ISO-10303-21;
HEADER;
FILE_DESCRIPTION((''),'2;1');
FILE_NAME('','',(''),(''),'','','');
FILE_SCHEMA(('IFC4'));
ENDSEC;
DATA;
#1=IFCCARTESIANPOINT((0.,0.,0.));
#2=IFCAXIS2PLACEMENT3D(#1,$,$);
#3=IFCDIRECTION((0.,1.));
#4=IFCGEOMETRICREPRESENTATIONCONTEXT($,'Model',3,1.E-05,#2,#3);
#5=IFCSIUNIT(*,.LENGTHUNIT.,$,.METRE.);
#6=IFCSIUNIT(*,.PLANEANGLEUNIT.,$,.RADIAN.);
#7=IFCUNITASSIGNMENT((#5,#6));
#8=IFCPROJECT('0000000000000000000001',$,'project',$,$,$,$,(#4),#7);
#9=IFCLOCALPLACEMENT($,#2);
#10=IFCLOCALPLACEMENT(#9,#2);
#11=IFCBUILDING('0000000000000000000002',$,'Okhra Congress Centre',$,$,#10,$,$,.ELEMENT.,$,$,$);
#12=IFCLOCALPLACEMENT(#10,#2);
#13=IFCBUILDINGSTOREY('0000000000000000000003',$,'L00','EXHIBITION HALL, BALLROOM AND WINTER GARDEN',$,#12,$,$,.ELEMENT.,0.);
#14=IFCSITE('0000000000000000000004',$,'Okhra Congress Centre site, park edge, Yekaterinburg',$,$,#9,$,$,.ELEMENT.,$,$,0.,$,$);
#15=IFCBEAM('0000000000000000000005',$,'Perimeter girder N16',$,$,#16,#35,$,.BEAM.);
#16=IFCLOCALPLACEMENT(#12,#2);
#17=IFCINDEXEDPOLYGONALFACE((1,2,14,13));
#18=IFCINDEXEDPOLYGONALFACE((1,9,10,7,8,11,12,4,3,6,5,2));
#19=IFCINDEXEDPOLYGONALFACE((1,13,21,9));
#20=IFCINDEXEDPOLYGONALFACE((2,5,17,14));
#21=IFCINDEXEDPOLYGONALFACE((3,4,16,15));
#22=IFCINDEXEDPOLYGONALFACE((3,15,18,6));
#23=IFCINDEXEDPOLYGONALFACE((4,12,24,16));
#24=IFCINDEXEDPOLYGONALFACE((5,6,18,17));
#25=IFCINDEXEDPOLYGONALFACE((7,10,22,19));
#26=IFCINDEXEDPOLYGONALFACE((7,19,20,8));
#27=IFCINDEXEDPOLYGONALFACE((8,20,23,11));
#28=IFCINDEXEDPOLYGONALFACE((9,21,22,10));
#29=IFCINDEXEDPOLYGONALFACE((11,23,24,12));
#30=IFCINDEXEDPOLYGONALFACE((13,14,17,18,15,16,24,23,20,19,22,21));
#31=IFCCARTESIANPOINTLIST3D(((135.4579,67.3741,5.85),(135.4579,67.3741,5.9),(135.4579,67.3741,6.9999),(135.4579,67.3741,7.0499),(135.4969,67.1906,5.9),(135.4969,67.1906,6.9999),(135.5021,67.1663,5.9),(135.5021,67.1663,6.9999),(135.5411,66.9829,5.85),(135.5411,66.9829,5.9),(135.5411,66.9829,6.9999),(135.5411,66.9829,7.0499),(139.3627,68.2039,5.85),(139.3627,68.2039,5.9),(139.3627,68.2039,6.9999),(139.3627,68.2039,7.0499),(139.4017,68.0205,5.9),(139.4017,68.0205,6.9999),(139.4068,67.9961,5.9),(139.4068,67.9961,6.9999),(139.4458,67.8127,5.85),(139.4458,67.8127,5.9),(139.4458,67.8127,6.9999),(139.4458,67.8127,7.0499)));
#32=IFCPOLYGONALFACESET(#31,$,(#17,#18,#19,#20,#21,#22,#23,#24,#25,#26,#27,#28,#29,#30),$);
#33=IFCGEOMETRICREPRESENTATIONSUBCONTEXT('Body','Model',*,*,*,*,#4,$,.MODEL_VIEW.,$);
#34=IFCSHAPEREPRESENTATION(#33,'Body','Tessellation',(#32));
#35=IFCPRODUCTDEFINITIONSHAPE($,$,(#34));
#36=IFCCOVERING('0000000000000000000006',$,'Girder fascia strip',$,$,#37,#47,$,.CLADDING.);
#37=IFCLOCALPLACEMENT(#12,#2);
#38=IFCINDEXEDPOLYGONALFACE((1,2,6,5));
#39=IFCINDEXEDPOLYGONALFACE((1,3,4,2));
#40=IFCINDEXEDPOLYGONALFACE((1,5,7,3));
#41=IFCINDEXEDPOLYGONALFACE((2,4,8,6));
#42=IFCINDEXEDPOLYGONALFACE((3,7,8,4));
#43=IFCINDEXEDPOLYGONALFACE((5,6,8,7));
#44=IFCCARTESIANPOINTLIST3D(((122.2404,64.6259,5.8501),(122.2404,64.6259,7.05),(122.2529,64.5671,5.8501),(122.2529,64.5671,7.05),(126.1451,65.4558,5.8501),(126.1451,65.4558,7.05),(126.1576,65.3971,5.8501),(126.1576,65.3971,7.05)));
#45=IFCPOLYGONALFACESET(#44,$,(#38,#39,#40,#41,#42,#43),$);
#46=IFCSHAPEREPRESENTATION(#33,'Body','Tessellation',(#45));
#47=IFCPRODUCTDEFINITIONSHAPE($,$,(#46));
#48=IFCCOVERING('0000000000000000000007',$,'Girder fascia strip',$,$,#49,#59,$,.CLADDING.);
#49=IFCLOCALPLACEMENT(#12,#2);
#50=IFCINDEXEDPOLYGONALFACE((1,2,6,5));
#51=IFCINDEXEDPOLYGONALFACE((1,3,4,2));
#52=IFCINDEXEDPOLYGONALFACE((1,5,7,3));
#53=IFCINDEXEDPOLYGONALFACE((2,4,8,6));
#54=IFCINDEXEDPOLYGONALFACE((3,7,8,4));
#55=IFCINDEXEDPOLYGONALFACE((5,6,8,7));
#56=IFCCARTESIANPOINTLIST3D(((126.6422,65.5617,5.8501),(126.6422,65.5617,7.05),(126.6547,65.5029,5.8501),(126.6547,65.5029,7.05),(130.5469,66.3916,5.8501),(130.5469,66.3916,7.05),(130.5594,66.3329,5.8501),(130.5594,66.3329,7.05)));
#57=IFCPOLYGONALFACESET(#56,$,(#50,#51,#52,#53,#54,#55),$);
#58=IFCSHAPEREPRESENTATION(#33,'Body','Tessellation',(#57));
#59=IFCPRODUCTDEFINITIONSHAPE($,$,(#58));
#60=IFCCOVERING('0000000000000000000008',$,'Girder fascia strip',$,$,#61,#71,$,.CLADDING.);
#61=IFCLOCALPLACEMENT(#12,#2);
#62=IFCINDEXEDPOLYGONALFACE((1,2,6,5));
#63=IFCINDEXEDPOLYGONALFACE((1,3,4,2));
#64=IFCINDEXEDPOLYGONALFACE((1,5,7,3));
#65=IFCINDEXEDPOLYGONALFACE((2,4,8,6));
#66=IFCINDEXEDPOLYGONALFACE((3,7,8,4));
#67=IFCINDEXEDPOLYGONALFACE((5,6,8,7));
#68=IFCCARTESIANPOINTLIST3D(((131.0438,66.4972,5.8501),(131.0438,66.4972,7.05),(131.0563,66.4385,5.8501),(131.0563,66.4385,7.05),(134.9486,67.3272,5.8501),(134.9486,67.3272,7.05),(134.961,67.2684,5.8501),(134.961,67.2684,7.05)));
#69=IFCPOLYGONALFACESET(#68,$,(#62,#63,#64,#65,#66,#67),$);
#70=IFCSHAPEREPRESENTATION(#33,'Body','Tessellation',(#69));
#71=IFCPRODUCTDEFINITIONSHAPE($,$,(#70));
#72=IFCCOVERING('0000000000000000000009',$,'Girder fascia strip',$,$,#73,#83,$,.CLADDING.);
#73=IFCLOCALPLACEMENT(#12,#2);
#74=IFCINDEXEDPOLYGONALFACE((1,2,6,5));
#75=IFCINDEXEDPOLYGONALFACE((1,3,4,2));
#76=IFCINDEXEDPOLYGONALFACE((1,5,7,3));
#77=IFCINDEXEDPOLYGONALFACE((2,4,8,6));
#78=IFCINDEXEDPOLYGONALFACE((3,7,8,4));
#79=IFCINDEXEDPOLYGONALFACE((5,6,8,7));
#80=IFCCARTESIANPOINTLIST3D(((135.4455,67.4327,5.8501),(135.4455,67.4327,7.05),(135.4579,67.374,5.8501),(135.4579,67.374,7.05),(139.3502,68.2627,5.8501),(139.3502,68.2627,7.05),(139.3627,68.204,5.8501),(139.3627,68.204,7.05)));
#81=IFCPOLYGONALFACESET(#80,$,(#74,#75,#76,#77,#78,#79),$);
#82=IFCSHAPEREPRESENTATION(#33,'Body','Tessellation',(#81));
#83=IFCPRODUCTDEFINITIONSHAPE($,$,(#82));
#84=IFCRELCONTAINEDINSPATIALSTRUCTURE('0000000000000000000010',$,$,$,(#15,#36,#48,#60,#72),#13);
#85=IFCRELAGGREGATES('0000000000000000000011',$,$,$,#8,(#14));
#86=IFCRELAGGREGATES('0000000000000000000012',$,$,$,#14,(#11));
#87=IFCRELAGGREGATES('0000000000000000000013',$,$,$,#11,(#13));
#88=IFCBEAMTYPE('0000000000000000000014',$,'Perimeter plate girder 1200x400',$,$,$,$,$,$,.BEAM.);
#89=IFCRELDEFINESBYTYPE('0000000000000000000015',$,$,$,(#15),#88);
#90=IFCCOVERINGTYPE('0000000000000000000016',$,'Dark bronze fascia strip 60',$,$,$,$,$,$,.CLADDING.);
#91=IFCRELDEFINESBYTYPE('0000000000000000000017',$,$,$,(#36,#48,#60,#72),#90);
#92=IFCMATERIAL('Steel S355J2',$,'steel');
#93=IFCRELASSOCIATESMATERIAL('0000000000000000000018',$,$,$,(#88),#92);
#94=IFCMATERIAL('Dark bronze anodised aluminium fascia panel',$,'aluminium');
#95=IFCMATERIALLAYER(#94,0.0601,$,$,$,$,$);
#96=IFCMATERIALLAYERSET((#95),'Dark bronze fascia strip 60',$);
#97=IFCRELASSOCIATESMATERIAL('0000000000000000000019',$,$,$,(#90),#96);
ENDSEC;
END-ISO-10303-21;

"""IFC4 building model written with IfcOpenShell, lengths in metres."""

from ifc_helpers import new_model, si_unit, direction, frame, origin, origin_2d, place, context, subcontext, project, spatial, rectangle, i_section, extrude, material, layer, layer_set, material_profile, profile_set, type_object, element, save


model = new_model("IFC4")

# Units and contexts
model_context = context("Model", 3, precision=1e-05, world=origin(), true_north=direction((0.0, 1.0)))
body_context = subcontext(model_context, "Body", "Model", "MODEL_VIEW")
ifc_project = project(units=[si_unit("LENGTHUNIT", "METRE"), si_unit("PLANEANGLEUNIT", "RADIAN")], contexts=[model_context])

# Site, building, storey
site_placement = place(None, origin())
site = spatial("IfcSite", under=ifc_project, at=site_placement, Name="Okhra Congress Centre site, park edge, Yekaterinburg", CompositionType="ELEMENT", RefElevation=0.0)
building_placement = place(site_placement, origin())
building = spatial("IfcBuilding", under=site, at=building_placement, Name="Okhra Congress Centre", CompositionType="ELEMENT")
storey_placement = place(building_placement, origin())
storey = spatial("IfcBuildingStorey", under=building, at=storey_placement, Name="L00", Description="EXHIBITION HALL, BALLROOM AND WINTER GARDEN", CompositionType="ELEMENT", Elevation=0.0)

# Beam
ifc_material_1 = material(Name="Steel S355J2", Category="steel")
ifc_material_profile_1 = material_profile(ifc_material_1, i_section(OverallWidth=0.3999, OverallDepth=1.2, WebThickness=0.0249, FlangeThickness=0.05, at=origin_2d()), Name="Plate girder 1200x400")
ifc_profile_set_1 = profile_set([ifc_material_profile_1], Name="Steel S355J2")
beam_type = type_object("IfcBeamType", Name="Perimeter plate girder 1200x400", PredefinedType="BEAM", material=ifc_profile_set_1)
for number, where, z_axis, x_axis, name in (
    (1, (135.4995, 67.1785, 6.45), (0.978155, 0.207875, 0.0), (-0.207875, 0.978155, 0.0), "Perimeter girder N16"),
):
    element("IfcBeam", number, at=place(storey_placement, frame(where, z_axis=z_axis, x_axis=x_axis)), inside=storey, type_object=beam_type, Name=name, PredefinedType="BEAM", context=body_context, shape_type="SweptSolid", body=[
        extrude(i_section(OverallWidth=0.3999, OverallDepth=1.2, WebThickness=0.0249, FlangeThickness=0.05, at=origin_2d()), origin(), (0.0, 0.0, 1.0), 3.9919),
    ])

# Coverings
ifc_material_2 = material(Name="Dark bronze anodised aluminium fascia panel", Category="aluminium")
ifc_layer = layer(ifc_material_2, 0.0601)
ifc_layer_set = layer_set([ifc_layer], Name="Dark bronze fascia strip 60")
covering_type = type_object("IfcCoveringType", Name="Dark bronze fascia strip 60", PredefinedType="CLADDING", material=ifc_layer_set)
for number, where, z_axis, x_axis, name in (
    (2, (124.199, 65.0115, 5.8501), (0.0, 0.0, 1.0), (0.978148, 0.207912, 0.0), "Girder fascia strip"),
    (3, (128.6008, 65.9473, 5.8501), (0.0, 0.0, 1.0), (0.978148, 0.207912, 0.0), "Girder fascia strip"),
    (4, (133.0024, 66.8828, 5.8501), (0.0, 0.0, 1.0), (0.978148, 0.207912, 0.0), "Girder fascia strip"),
    (5, (137.4041, 67.8184, 5.8501), (0.0, 0.0, 1.0), (0.978148, 0.207912, 0.0), "Girder fascia strip"),
):
    element("IfcCovering", number, at=place(storey_placement, frame(where, z_axis=z_axis, x_axis=x_axis)), inside=storey, type_object=covering_type, Name=name, PredefinedType="CLADDING", context=body_context, shape_type="SweptSolid", body=[
        extrude(rectangle(XDim=3.9919, YDim=0.0601, at=origin_2d()), origin(), (0.0, 0.0, 1.0), 1.2),
    ])

save(model, "model.ifc")
